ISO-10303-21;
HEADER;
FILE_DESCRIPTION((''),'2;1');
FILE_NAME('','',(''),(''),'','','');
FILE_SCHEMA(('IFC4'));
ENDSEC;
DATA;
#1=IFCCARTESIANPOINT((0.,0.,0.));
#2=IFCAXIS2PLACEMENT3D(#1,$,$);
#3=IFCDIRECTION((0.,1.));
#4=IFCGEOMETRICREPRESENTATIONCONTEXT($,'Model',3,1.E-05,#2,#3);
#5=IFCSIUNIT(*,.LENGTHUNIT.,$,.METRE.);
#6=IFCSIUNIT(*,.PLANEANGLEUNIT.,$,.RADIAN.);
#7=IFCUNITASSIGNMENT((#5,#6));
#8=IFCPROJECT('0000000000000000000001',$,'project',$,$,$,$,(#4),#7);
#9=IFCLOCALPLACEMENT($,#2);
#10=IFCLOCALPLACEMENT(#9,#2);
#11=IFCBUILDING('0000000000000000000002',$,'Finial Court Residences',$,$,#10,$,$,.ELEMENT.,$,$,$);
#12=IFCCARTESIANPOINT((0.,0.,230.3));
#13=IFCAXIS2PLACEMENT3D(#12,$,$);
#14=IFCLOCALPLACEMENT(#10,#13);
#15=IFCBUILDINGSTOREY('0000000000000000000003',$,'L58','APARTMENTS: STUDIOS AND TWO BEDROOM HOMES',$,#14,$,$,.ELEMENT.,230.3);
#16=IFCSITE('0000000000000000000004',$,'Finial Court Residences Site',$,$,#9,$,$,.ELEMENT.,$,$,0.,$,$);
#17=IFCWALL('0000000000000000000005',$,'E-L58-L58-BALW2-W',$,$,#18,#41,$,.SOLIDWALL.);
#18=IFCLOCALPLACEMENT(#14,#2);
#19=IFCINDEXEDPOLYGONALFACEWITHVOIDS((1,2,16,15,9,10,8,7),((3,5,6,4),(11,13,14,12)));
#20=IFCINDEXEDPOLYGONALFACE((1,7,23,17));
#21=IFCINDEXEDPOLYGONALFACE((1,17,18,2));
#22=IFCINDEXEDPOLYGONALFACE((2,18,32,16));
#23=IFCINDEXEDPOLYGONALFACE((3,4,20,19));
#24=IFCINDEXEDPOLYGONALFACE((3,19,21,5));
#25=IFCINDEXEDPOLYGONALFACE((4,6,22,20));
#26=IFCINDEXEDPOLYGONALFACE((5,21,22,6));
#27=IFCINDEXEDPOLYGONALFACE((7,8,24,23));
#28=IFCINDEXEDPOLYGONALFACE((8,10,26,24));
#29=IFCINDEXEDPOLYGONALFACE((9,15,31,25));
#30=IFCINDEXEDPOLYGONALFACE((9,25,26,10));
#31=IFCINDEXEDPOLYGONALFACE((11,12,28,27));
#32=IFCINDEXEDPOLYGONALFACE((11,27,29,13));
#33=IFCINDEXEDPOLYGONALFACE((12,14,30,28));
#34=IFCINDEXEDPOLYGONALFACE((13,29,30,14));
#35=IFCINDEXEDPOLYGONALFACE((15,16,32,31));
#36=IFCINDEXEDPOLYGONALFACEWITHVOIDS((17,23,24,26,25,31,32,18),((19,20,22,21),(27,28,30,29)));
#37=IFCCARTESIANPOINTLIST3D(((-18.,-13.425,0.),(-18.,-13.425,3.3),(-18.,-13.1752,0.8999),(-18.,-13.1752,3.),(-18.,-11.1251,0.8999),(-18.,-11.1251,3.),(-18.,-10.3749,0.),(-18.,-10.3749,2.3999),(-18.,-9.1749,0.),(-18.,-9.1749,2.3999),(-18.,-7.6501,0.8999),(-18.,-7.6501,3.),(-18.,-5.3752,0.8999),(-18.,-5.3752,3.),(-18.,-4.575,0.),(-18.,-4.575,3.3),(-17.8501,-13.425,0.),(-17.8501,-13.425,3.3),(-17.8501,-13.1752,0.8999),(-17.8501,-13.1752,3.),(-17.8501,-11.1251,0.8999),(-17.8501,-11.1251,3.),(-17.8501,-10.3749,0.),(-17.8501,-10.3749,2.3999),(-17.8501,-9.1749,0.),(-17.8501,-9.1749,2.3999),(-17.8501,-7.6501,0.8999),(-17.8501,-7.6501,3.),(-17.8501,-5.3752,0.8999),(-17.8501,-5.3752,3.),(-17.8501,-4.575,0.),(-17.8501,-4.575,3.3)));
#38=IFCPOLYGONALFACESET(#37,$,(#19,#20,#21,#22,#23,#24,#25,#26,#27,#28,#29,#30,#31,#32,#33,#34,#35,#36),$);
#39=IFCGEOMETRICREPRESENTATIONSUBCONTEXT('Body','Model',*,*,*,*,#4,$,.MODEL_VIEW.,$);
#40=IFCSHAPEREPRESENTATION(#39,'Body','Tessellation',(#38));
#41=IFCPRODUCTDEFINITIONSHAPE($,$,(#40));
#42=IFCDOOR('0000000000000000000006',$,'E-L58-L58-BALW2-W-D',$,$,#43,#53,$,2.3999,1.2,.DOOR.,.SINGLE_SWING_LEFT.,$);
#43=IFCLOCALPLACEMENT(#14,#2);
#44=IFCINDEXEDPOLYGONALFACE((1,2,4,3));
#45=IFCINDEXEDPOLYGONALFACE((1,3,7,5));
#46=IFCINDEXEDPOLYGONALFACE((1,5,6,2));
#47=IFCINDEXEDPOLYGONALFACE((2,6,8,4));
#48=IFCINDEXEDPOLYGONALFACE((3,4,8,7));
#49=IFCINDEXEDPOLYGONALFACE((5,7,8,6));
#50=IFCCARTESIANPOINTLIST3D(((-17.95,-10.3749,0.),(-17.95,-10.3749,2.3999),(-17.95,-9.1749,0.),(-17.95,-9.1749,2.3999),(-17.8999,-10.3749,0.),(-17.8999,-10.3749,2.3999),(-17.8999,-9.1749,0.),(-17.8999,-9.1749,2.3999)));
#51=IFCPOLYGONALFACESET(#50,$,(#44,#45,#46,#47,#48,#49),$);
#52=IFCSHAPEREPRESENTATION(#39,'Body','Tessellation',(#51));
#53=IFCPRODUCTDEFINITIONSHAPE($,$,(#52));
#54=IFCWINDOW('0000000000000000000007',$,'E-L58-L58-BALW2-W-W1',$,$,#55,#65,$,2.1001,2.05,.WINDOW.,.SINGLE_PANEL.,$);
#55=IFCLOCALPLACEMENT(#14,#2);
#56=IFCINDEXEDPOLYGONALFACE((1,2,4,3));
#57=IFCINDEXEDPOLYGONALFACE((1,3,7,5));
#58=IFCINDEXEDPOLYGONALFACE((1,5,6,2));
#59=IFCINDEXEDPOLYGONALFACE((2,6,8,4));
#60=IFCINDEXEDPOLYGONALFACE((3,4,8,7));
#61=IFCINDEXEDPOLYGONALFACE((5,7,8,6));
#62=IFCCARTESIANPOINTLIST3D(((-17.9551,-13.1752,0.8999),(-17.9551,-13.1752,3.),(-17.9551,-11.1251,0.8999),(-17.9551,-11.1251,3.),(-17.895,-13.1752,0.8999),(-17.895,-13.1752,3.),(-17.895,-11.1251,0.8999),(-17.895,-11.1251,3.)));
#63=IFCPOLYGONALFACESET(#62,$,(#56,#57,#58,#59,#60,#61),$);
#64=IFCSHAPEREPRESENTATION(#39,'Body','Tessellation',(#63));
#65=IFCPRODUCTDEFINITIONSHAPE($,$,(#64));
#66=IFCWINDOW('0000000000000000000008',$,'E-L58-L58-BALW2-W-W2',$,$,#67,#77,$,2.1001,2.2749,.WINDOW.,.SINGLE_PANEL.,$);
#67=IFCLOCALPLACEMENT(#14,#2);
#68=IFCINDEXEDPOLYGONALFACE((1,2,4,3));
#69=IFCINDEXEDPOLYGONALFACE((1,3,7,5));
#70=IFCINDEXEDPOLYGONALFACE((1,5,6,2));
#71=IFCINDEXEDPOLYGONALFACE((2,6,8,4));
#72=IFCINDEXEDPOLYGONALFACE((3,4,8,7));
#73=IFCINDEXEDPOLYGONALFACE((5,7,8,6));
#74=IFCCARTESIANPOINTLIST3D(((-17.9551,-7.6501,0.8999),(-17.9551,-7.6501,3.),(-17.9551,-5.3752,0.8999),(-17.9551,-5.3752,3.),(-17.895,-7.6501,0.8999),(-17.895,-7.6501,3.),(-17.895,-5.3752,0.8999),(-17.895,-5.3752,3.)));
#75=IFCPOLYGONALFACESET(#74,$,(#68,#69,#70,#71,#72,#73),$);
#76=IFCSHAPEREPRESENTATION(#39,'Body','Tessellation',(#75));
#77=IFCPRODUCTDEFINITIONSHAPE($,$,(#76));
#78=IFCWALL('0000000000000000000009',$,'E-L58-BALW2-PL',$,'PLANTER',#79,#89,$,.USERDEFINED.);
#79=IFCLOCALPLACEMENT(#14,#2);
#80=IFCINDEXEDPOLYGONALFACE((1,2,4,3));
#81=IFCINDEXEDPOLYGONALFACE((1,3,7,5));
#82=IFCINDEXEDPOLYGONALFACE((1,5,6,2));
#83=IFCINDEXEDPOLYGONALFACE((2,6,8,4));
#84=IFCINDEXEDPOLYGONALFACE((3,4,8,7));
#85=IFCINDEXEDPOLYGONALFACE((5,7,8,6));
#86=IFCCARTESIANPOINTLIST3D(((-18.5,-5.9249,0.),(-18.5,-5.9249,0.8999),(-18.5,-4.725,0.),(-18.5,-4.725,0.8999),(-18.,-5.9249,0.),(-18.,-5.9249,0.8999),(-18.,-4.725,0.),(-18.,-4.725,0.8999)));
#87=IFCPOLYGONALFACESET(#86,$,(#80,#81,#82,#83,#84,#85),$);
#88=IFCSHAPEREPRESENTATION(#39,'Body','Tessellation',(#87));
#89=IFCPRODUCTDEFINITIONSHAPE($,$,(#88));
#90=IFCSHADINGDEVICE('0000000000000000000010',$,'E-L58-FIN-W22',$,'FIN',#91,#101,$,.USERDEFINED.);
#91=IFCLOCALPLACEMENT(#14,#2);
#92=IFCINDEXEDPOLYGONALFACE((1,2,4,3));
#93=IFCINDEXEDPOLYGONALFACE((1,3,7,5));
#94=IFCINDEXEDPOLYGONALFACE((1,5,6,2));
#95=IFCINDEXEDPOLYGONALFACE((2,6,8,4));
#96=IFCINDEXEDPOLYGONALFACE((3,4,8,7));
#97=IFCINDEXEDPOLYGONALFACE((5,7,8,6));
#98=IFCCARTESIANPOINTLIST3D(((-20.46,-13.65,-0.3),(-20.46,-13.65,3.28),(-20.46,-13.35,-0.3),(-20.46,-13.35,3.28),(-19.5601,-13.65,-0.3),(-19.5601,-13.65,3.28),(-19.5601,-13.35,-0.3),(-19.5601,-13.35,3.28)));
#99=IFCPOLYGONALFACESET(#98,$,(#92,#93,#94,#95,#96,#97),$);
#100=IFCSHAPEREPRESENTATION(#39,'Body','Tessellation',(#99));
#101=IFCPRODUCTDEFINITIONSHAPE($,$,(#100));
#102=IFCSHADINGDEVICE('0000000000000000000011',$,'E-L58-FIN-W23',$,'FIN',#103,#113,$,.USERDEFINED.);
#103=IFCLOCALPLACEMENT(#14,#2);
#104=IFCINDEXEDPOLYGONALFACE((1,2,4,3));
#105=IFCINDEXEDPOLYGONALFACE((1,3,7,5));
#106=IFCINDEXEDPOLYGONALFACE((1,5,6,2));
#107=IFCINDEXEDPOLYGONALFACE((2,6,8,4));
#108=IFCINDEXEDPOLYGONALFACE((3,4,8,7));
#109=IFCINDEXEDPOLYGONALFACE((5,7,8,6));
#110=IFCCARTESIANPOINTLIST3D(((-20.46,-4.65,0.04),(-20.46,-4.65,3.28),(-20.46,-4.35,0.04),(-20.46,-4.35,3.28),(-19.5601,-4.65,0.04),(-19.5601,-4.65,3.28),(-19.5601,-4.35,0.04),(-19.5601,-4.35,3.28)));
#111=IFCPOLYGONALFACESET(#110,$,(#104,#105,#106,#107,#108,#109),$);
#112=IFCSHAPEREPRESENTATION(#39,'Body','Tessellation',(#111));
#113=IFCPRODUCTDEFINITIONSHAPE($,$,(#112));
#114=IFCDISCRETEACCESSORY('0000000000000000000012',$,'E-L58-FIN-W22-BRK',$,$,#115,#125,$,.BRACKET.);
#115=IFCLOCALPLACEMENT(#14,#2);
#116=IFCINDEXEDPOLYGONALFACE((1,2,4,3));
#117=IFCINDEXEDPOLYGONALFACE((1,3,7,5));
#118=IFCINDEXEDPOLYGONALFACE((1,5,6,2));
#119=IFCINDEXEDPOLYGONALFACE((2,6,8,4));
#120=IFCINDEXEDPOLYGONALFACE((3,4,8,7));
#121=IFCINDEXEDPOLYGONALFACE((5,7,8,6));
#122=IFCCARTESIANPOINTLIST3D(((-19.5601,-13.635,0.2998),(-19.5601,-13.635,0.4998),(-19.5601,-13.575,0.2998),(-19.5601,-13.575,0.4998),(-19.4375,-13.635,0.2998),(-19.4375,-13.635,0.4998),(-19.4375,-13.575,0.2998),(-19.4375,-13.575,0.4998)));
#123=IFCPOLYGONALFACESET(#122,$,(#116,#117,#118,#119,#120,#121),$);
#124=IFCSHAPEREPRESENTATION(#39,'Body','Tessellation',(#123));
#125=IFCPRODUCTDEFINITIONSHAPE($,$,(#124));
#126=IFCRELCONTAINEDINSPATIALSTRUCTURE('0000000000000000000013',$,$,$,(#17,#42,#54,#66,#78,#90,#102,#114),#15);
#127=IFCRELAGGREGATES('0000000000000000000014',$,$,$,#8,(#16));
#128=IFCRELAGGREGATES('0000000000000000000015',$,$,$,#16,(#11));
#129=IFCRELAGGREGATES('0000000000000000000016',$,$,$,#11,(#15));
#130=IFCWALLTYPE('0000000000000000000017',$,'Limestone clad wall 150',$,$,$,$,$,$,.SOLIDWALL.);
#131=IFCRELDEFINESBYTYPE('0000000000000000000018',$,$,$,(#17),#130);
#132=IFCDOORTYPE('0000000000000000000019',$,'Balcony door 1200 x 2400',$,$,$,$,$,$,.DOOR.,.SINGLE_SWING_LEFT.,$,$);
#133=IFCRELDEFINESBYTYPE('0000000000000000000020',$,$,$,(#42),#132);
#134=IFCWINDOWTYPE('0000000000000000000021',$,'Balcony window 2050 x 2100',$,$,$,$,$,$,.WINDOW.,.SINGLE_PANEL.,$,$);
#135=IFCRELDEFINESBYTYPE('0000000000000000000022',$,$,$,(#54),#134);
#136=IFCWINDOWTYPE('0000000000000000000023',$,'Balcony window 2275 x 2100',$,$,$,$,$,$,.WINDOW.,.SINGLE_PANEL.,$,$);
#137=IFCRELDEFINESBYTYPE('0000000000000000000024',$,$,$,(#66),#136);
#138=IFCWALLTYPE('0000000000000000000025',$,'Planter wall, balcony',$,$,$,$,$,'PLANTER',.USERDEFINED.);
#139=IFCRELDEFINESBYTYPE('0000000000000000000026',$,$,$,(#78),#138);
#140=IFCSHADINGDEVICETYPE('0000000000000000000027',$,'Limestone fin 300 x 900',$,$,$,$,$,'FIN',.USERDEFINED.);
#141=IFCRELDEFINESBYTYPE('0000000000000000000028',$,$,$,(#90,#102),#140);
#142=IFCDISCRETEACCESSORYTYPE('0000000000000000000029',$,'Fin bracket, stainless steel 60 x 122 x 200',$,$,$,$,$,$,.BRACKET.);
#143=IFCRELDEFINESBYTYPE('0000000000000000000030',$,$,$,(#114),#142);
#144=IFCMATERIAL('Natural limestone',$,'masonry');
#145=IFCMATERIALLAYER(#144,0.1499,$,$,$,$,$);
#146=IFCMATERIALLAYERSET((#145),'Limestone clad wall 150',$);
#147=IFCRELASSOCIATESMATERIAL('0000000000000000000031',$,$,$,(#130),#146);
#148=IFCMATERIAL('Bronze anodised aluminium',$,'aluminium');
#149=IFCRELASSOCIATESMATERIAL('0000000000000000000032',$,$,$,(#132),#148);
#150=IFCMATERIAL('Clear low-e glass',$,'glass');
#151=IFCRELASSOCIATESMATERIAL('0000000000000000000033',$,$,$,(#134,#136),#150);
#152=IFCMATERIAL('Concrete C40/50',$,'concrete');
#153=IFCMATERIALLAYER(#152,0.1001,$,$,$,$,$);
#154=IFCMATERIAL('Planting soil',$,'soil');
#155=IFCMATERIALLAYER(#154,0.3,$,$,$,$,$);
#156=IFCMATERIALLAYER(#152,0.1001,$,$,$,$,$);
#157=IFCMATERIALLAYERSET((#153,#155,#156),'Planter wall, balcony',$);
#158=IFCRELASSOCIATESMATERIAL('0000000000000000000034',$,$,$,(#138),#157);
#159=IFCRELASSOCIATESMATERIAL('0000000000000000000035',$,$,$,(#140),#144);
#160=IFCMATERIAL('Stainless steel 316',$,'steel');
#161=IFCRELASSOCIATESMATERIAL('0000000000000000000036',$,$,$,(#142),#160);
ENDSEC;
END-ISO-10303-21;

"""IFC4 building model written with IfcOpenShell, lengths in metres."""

from ifc_helpers import new_model, si_unit, direction, frame, frame_2d, origin, origin_2d, place, context, subcontext, project, spatial, rectangle, extrude, material, layer, layer_set, type_object, element, fill, save


model = new_model("IFC4")

# Units and contexts
model_context = context("Model", 3, precision=1e-05, world=origin(), true_north=direction((0.0, 1.0)))
body_context = subcontext(model_context, "Body", "Model", "MODEL_VIEW")
ifc_project = project(units=[si_unit("LENGTHUNIT", "METRE"), si_unit("PLANEANGLEUNIT", "RADIAN")], contexts=[model_context])

# Site, building, storey
site_placement = place(None, origin())
site = spatial("IfcSite", under=ifc_project, at=site_placement, Name="Finial Court Residences Site", CompositionType="ELEMENT", RefElevation=0.0)
building_placement = place(site_placement, origin())
building = spatial("IfcBuilding", under=site, at=building_placement, Name="Finial Court Residences", CompositionType="ELEMENT")
storey_placement = place(building_placement, frame((0.0, 0.0, 230.3)))
storey = spatial("IfcBuildingStorey", under=building, at=storey_placement, Name="L58", Description="APARTMENTS: STUDIOS AND TWO BEDROOM HOMES", CompositionType="ELEMENT", Elevation=230.3)

# Shared definitions
ifc_material_1 = material(Name="Bronze anodised aluminium", Category="aluminium")

# Shared definitions
ifc_material_2 = material(Name="Natural limestone", Category="masonry")
ifc_layer_1 = layer(ifc_material_2, 0.1499)
ifc_layer_set_1 = layer_set([ifc_layer_1], Name="Limestone clad wall 150")
wall_type_1 = type_object("IfcWallType", Name="Limestone clad wall 150", PredefinedType="SOLIDWALL", material=ifc_layer_set_1)

# Wall, openings, door, windows
wall_1_placement = place(storey_placement, frame((-17.925, -13.425, 0.0), z_axis=(0.0, 0.0, 1.0), x_axis=(0.0, 1.0, 0.0)))
wall_1 = element("IfcWall", 1, at=wall_1_placement, inside=storey, type_object=wall_type_1, Name="E-L58-L58-BALW2-W", PredefinedType="SOLIDWALL", context=body_context, shape_type="SweptSolid", body=[
    extrude(rectangle(XDim=8.8501, YDim=0.1499, at=frame_2d((4.425, 0.0))), origin(), (0.0, 0.0, 1.0), 3.3),
])
opening_1_placement = place(wall_1_placement, frame((3.05, 0.0, 0.0)))
opening_1 = element("IfcOpeningElement", 2, at=opening_1_placement, cuts=wall_1, PredefinedType="OPENING", context=body_context, shape_type="SweptSolid", body=[
    extrude(rectangle(XDim=1.2, YDim=2.3999, at=frame_2d((0.6001, 1.2))), frame((0.0, 0.085, 0.0), z_axis=(0.0, -1.0, 0.0), x_axis=(1.0, 0.0, 0.0)), (0.0, 0.0, 1.0), 0.1699),
])
opening_2_placement = place(wall_1_placement, frame((0.25, 0.0, 0.8999)))
opening_2 = element("IfcOpeningElement", 3, at=opening_2_placement, cuts=wall_1, PredefinedType="OPENING", context=body_context, shape_type="SweptSolid", body=[
    extrude(rectangle(XDim=2.05, YDim=2.1001, at=frame_2d((1.0249, 1.05))), frame((0.0, 0.085, 0.0), z_axis=(0.0, -1.0, 0.0), x_axis=(1.0, 0.0, 0.0)), (0.0, 0.0, 1.0), 0.1699),
])
opening_3_placement = place(wall_1_placement, frame((5.7749, 0.0, 0.8999)))
opening_3 = element("IfcOpeningElement", 4, at=opening_3_placement, cuts=wall_1, PredefinedType="OPENING", context=body_context, shape_type="SweptSolid", body=[
    extrude(rectangle(XDim=2.2749, YDim=2.1001, at=frame_2d((1.1375, 1.05))), frame((0.0, 0.085, 0.0), z_axis=(0.0, -1.0, 0.0), x_axis=(1.0, 0.0, 0.0)), (0.0, 0.0, 1.0), 0.1699),
])
door_type_1 = type_object("IfcDoorType", Name="Balcony door 1200 x 2400", OperationType="SINGLE_SWING_LEFT", PredefinedType="DOOR", material=ifc_material_1)
door_1_placement = place(opening_1_placement, origin())
door_1 = element("IfcDoor", 5, at=door_1_placement, inside=storey, type_object=door_type_1, Name="E-L58-L58-BALW2-W-D", OperationType="SINGLE_SWING_LEFT", OverallHeight=2.3999, OverallWidth=1.2, PredefinedType="DOOR", context=body_context, shape_type="SweptSolid", body=[
    extrude(rectangle(XDim=1.2, YDim=2.3999, at=frame_2d((0.6001, 1.2))), frame((0.0, 0.0249, 0.0), z_axis=(0.0, -1.0, 0.0), x_axis=(1.0, 0.0, 0.0)), (0.0, 0.0, 1.0), 0.05),
])
fill(opening_1, door_1)
ifc_material_3 = material(Name="Clear low-e glass", Category="glass")
window_type_1 = type_object("IfcWindowType", Name="Balcony window 2050 x 2100", PartitioningType="SINGLE_PANEL", PredefinedType="WINDOW", material=ifc_material_3)
window_1_placement = place(opening_2_placement, origin())
window_1 = element("IfcWindow", 6, at=window_1_placement, inside=storey, type_object=window_type_1, Name="E-L58-L58-BALW2-W-W1", OverallHeight=2.1001, OverallWidth=2.05, PartitioningType="SINGLE_PANEL", PredefinedType="WINDOW", context=body_context, shape_type="SweptSolid", body=[
    extrude(rectangle(XDim=2.05, YDim=2.1001, at=frame_2d((1.0249, 1.05))), frame((0.0, 0.03, 0.0), z_axis=(0.0, -1.0, 0.0), x_axis=(1.0, 0.0, 0.0)), (0.0, 0.0, 1.0), 0.0601),
])
fill(opening_2, window_1)
window_type_2 = type_object("IfcWindowType", Name="Balcony window 2275 x 2100", PartitioningType="SINGLE_PANEL", PredefinedType="WINDOW", material=ifc_material_3)
window_2_placement = place(opening_3_placement, origin())
window_2 = element("IfcWindow", 7, at=window_2_placement, inside=storey, type_object=window_type_2, Name="E-L58-L58-BALW2-W-W2", OverallHeight=2.1001, OverallWidth=2.2749, PartitioningType="SINGLE_PANEL", PredefinedType="WINDOW", context=body_context, shape_type="SweptSolid", body=[
    extrude(rectangle(XDim=2.2749, YDim=2.1001, at=frame_2d((1.1375, 1.05))), frame((0.0, 0.03, 0.0), z_axis=(0.0, -1.0, 0.0), x_axis=(1.0, 0.0, 0.0)), (0.0, 0.0, 1.0), 0.0601),
])
fill(opening_3, window_2)

# Wall
ifc_material_4 = material(Name="Concrete C40/50", Category="concrete")
ifc_layer_2 = layer(ifc_material_4, 0.1001)
ifc_material_5 = material(Name="Planting soil", Category="soil")
ifc_layer_3 = layer(ifc_material_5, 0.3)
ifc_layer_4 = layer(ifc_material_4, 0.1001)
ifc_layer_set_2 = layer_set([ifc_layer_2, ifc_layer_3, ifc_layer_4], Name="Planter wall, balcony")
wall_type_2 = type_object("IfcWallType", Name="Planter wall, balcony", ElementType="PLANTER", PredefinedType="USERDEFINED", material=ifc_layer_set_2)
wall_2_placement = place(storey_placement, frame((-18.25, -5.925, 0.0), z_axis=(0.0, 0.0, 1.0), x_axis=(0.0, 1.0, 0.0)))
element("IfcWall", 8, at=wall_2_placement, inside=storey, type_object=wall_type_2, Name="E-L58-BALW2-PL", ObjectType="PLANTER", PredefinedType="USERDEFINED", context=body_context, shape_type="SweptSolid", body=[
    extrude(rectangle(XDim=1.2, YDim=0.5, at=frame_2d((0.6001, 0.0))), origin(), (0.0, 0.0, 1.0), 0.8999),
])

# Shading devices
shading_device_type = type_object("IfcShadingDeviceType", Name="Limestone fin 300 x 900", ElementType="FIN", PredefinedType="USERDEFINED", material=ifc_material_2)
shading_device_1_placement = place(storey_placement, frame((-20.01, -13.5, -0.3), z_axis=(0.0, 0.0, 1.0), x_axis=(1.0, 0.0, 0.0)))
element("IfcShadingDevice", 9, at=shading_device_1_placement, inside=storey, type_object=shading_device_type, Name="E-L58-FIN-W22", ObjectType="FIN", PredefinedType="USERDEFINED", context=body_context, shape_type="SweptSolid", body=[
    extrude(rectangle(XDim=0.8999, YDim=0.3, at=origin_2d()), origin(), (0.0, 0.0, 1.0), 3.5801),
])
shading_device_2_placement = place(storey_placement, frame((-20.01, -4.5, 0.04), z_axis=(0.0, 0.0, 1.0), x_axis=(1.0, 0.0, 0.0)))
element("IfcShadingDevice", 10, at=shading_device_2_placement, inside=storey, type_object=shading_device_type, Name="E-L58-FIN-W23", ObjectType="FIN", PredefinedType="USERDEFINED", context=body_context, shape_type="SweptSolid", body=[
    extrude(rectangle(XDim=0.8999, YDim=0.3, at=origin_2d()), origin(), (0.0, 0.0, 1.0), 3.24),
])

# Discrete accessory
ifc_material_6 = material(Name="Stainless steel 316", Category="steel")
discrete_accessory_type = type_object("IfcDiscreteAccessoryType", Name="Fin bracket, stainless steel 60 x 122 x 200", PredefinedType="BRACKET", material=ifc_material_6)
discrete_accessory_placement = place(storey_placement, frame((-19.4988, -13.605, 0.2998), z_axis=(0.0, 0.0, 1.0), x_axis=(1.0, 0.0, 0.0)))
element("IfcDiscreteAccessory", 11, at=discrete_accessory_placement, inside=storey, type_object=discrete_accessory_type, Name="E-L58-FIN-W22-BRK", PredefinedType="BRACKET", context=body_context, shape_type="SweptSolid", body=[
    extrude(rectangle(XDim=0.1226, YDim=0.0601, at=origin_2d()), origin(), (0.0, 0.0, 1.0), 0.2),
])

save(model, "model.ifc")
